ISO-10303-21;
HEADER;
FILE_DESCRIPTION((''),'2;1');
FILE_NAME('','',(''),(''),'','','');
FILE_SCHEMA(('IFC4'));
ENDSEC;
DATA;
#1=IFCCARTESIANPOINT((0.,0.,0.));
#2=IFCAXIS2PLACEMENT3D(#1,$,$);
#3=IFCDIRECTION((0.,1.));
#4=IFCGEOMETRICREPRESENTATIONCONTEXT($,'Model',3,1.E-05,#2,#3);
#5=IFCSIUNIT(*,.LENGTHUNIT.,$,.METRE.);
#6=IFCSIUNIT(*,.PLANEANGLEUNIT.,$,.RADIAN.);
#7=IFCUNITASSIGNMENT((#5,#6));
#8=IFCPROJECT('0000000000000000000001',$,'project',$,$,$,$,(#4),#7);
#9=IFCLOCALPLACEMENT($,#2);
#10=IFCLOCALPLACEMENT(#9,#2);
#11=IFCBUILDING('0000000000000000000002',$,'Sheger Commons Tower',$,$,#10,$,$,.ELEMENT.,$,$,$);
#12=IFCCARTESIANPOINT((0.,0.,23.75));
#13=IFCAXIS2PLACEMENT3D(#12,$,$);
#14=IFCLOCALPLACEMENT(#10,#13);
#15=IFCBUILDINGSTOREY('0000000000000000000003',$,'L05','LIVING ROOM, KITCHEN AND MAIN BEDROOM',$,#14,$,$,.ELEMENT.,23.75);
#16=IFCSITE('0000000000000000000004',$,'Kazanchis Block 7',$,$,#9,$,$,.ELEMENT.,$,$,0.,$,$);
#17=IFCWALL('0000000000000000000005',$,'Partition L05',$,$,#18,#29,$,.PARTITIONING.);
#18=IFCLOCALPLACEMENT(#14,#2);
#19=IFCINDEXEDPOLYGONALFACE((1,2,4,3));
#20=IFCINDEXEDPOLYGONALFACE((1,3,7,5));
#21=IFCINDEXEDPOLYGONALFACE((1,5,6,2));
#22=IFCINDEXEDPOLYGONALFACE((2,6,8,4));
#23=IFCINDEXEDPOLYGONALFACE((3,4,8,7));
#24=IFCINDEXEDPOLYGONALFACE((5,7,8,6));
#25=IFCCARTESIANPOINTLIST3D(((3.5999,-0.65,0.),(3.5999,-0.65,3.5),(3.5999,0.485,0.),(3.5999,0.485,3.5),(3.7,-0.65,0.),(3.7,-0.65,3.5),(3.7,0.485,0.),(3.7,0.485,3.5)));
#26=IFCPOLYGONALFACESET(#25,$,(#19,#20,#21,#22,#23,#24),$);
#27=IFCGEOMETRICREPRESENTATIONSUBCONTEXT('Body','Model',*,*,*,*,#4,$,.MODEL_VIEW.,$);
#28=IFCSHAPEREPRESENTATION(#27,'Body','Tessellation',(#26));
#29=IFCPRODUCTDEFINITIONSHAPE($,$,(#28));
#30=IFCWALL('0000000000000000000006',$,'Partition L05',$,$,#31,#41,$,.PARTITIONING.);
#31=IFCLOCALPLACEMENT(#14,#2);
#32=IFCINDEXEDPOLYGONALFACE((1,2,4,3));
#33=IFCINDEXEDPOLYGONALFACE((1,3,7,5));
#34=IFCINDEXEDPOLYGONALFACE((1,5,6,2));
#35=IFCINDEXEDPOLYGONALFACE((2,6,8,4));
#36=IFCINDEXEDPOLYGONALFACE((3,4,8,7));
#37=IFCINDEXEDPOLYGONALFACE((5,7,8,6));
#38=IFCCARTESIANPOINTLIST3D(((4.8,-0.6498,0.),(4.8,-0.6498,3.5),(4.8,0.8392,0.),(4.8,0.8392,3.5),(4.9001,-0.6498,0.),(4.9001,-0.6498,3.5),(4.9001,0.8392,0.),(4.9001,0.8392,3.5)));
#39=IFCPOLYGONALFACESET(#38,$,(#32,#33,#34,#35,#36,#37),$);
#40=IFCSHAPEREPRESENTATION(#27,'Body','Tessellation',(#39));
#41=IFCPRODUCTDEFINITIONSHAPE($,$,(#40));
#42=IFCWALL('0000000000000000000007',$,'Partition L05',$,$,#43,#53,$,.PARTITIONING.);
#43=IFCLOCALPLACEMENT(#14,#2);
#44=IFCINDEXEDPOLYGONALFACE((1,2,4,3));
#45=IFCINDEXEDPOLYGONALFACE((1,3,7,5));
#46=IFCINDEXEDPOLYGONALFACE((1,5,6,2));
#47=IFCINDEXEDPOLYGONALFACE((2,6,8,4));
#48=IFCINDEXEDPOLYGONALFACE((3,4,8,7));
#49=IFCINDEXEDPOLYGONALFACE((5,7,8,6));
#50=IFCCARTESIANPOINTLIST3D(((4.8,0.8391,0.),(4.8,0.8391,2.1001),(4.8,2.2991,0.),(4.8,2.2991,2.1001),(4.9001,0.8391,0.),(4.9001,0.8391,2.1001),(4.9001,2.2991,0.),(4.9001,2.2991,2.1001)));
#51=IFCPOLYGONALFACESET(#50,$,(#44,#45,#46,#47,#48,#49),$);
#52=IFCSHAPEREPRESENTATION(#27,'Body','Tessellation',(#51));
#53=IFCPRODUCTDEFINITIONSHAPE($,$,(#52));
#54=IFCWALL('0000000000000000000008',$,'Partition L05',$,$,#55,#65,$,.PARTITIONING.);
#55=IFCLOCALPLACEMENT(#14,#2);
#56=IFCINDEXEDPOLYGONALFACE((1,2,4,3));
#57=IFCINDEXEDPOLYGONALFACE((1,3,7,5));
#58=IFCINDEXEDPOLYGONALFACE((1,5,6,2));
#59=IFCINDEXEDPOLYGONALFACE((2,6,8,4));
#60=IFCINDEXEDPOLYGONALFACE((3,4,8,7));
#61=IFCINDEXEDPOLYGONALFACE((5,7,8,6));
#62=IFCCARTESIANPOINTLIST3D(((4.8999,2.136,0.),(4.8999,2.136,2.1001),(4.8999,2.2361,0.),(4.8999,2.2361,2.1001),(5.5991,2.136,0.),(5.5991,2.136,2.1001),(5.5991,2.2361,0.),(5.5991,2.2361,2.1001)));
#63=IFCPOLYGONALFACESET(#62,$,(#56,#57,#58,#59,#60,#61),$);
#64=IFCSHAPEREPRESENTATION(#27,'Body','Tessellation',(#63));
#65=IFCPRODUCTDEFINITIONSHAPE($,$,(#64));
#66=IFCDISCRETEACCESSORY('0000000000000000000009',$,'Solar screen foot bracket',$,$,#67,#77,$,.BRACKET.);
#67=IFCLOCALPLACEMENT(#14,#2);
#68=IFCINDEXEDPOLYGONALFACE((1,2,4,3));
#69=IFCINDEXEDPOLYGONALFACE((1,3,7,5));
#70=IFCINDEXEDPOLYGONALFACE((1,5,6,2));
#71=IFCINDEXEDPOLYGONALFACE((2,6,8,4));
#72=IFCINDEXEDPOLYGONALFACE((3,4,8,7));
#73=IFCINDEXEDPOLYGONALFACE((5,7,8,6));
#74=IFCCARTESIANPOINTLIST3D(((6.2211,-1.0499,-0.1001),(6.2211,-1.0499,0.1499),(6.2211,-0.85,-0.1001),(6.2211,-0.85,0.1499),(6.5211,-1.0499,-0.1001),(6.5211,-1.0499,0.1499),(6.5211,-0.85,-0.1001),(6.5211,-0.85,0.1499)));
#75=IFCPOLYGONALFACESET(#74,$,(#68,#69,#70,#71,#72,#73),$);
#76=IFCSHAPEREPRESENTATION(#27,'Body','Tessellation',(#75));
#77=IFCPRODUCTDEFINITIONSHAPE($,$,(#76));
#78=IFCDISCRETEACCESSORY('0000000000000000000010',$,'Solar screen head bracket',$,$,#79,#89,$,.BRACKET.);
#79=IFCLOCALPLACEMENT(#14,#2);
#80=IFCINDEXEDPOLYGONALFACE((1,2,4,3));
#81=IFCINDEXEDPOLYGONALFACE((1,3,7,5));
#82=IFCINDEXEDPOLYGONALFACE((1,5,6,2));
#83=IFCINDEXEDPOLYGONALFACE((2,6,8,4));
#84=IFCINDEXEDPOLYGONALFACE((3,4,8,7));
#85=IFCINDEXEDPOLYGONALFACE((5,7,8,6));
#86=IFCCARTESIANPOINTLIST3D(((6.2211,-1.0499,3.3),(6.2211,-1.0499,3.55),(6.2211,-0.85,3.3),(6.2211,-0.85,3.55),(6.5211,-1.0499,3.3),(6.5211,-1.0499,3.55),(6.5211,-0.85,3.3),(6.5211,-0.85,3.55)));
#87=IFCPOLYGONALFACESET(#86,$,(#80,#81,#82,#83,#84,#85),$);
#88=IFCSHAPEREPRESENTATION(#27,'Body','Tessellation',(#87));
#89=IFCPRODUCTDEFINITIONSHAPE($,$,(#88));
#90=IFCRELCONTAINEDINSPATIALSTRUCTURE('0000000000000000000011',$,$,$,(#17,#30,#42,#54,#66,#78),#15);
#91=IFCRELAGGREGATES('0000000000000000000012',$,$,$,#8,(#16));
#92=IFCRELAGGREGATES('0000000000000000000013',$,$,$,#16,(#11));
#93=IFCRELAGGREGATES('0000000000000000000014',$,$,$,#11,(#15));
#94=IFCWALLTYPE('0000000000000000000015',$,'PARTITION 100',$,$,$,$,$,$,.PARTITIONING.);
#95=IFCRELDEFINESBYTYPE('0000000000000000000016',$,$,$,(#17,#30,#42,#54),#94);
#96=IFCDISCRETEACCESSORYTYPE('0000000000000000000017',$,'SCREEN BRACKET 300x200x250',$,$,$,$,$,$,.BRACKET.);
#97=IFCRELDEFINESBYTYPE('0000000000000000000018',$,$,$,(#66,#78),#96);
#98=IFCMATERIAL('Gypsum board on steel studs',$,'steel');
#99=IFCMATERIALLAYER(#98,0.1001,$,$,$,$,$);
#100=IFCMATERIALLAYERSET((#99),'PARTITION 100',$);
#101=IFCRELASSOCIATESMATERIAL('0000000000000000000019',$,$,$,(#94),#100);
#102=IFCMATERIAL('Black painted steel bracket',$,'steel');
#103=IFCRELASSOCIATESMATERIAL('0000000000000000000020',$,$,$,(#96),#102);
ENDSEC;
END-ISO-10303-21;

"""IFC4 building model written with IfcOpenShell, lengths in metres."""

from ifc_helpers import new_model, si_unit, direction, frame, frame_2d, origin, origin_2d, place, context, subcontext, project, spatial, rectangle, extrude, material, layer, layer_set, type_object, element, save


model = new_model("IFC4")

# Units and contexts
model_context = context("Model", 3, precision=1e-05, world=origin(), true_north=direction((0.0, 1.0)))
body_context = subcontext(model_context, "Body", "Model", "MODEL_VIEW")
ifc_project = project(units=[si_unit("LENGTHUNIT", "METRE"), si_unit("PLANEANGLEUNIT", "RADIAN")], contexts=[model_context])

# Site, building, storey
site_placement = place(None, origin())
site = spatial("IfcSite", under=ifc_project, at=site_placement, Name="Kazanchis Block 7", CompositionType="ELEMENT", RefElevation=0.0)
building_placement = place(site_placement, origin())
building = spatial("IfcBuilding", under=site, at=building_placement, Name="Sheger Commons Tower", CompositionType="ELEMENT")
storey_placement = place(building_placement, frame((0.0, 0.0, 23.75)))
storey = spatial("IfcBuildingStorey", under=building, at=storey_placement, Name="L05", Description="LIVING ROOM, KITCHEN AND MAIN BEDROOM", CompositionType="ELEMENT", Elevation=23.75)

# Walls
ifc_material_1 = material(Name="Gypsum board on steel studs", Category="steel")
ifc_layer_1 = layer(ifc_material_1, 0.1001)
ifc_layer_set_1 = layer_set([ifc_layer_1], Name="PARTITION 100")
wall_type_1 = type_object("IfcWallType", Name="PARTITION 100", PredefinedType="PARTITIONING", material=ifc_layer_set_1)
wall_1_placement = place(storey_placement, frame((3.6499, -0.6499, 0.0), z_axis=(0.0, 0.0, 1.0), x_axis=(0.0, 1.0, 0.0)))
element("IfcWall", 1, at=wall_1_placement, inside=storey, type_object=wall_type_1, Name="Partition L05", PredefinedType="PARTITIONING", context=body_context, shape_type="SweptSolid", body=[
    extrude(rectangle(XDim=1.135, YDim=0.1001, at=frame_2d((0.5674, 0.0))), origin(), (0.0, 0.0, 1.0), 3.5),
])
wall_2_placement = place(storey_placement, frame((4.8501, -0.6499, 0.0), z_axis=(0.0, 0.0, 1.0), x_axis=(0.0, 1.0, 0.0)))
element("IfcWall", 2, at=wall_2_placement, inside=storey, type_object=wall_type_1, Name="Partition L05", PredefinedType="PARTITIONING", context=body_context, shape_type="SweptSolid", body=[
    extrude(rectangle(XDim=1.489, YDim=0.1001, at=frame_2d((0.7446, 0.0))), origin(), (0.0, 0.0, 1.0), 3.5),
])
wall_3_placement = place(storey_placement, frame((4.8501, 0.8391, 0.0), z_axis=(0.0, 0.0, 1.0), x_axis=(0.0, 1.0, 0.0)))
element("IfcWall", 3, at=wall_3_placement, inside=storey, type_object=wall_type_1, Name="Partition L05", PredefinedType="PARTITIONING", context=body_context, shape_type="SweptSolid", body=[
    extrude(rectangle(XDim=1.46, YDim=0.1001, at=frame_2d((0.73, 0.0))), origin(), (0.0, 0.0, 1.0), 2.1001),
])
wall_4_placement = place(storey_placement, frame((4.8999, 2.186, 0.0), z_axis=(0.0, 0.0, 1.0), x_axis=(1.0, 0.0, 0.0)))
element("IfcWall", 4, at=wall_4_placement, inside=storey, type_object=wall_type_1, Name="Partition L05", PredefinedType="PARTITIONING", context=body_context, shape_type="SweptSolid", body=[
    extrude(rectangle(XDim=0.6992, YDim=0.1001, at=frame_2d((0.3496, 0.0))), origin(), (0.0, 0.0, 1.0), 2.1001),
])

# Discrete accessories
ifc_material_2 = material(Name="Black painted steel bracket", Category="steel")
discrete_accessory_type = type_object("IfcDiscreteAccessoryType", Name="SCREEN BRACKET 300x200x250", PredefinedType="BRACKET", material=ifc_material_2)
for number, where, z_axis, x_axis, name in (
    (5, (6.3711, -0.95, -0.1001), (0.0, 0.0, 1.0), (1.0, 0.0, 0.0), "Solar screen foot bracket"),
    (6, (6.3711, -0.95, 3.3), (0.0, 0.0, 1.0), (1.0, 0.0, 0.0), "Solar screen head bracket"),
):
    element("IfcDiscreteAccessory", number, at=place(storey_placement, frame(where, z_axis=z_axis, x_axis=x_axis)), inside=storey, type_object=discrete_accessory_type, Name=name, PredefinedType="BRACKET", context=body_context, shape_type="SweptSolid", body=[
        extrude(rectangle(XDim=0.3, YDim=0.2, at=origin_2d()), origin(), (0.0, 0.0, 1.0), 0.25),
    ])

save(model, "model.ifc")
